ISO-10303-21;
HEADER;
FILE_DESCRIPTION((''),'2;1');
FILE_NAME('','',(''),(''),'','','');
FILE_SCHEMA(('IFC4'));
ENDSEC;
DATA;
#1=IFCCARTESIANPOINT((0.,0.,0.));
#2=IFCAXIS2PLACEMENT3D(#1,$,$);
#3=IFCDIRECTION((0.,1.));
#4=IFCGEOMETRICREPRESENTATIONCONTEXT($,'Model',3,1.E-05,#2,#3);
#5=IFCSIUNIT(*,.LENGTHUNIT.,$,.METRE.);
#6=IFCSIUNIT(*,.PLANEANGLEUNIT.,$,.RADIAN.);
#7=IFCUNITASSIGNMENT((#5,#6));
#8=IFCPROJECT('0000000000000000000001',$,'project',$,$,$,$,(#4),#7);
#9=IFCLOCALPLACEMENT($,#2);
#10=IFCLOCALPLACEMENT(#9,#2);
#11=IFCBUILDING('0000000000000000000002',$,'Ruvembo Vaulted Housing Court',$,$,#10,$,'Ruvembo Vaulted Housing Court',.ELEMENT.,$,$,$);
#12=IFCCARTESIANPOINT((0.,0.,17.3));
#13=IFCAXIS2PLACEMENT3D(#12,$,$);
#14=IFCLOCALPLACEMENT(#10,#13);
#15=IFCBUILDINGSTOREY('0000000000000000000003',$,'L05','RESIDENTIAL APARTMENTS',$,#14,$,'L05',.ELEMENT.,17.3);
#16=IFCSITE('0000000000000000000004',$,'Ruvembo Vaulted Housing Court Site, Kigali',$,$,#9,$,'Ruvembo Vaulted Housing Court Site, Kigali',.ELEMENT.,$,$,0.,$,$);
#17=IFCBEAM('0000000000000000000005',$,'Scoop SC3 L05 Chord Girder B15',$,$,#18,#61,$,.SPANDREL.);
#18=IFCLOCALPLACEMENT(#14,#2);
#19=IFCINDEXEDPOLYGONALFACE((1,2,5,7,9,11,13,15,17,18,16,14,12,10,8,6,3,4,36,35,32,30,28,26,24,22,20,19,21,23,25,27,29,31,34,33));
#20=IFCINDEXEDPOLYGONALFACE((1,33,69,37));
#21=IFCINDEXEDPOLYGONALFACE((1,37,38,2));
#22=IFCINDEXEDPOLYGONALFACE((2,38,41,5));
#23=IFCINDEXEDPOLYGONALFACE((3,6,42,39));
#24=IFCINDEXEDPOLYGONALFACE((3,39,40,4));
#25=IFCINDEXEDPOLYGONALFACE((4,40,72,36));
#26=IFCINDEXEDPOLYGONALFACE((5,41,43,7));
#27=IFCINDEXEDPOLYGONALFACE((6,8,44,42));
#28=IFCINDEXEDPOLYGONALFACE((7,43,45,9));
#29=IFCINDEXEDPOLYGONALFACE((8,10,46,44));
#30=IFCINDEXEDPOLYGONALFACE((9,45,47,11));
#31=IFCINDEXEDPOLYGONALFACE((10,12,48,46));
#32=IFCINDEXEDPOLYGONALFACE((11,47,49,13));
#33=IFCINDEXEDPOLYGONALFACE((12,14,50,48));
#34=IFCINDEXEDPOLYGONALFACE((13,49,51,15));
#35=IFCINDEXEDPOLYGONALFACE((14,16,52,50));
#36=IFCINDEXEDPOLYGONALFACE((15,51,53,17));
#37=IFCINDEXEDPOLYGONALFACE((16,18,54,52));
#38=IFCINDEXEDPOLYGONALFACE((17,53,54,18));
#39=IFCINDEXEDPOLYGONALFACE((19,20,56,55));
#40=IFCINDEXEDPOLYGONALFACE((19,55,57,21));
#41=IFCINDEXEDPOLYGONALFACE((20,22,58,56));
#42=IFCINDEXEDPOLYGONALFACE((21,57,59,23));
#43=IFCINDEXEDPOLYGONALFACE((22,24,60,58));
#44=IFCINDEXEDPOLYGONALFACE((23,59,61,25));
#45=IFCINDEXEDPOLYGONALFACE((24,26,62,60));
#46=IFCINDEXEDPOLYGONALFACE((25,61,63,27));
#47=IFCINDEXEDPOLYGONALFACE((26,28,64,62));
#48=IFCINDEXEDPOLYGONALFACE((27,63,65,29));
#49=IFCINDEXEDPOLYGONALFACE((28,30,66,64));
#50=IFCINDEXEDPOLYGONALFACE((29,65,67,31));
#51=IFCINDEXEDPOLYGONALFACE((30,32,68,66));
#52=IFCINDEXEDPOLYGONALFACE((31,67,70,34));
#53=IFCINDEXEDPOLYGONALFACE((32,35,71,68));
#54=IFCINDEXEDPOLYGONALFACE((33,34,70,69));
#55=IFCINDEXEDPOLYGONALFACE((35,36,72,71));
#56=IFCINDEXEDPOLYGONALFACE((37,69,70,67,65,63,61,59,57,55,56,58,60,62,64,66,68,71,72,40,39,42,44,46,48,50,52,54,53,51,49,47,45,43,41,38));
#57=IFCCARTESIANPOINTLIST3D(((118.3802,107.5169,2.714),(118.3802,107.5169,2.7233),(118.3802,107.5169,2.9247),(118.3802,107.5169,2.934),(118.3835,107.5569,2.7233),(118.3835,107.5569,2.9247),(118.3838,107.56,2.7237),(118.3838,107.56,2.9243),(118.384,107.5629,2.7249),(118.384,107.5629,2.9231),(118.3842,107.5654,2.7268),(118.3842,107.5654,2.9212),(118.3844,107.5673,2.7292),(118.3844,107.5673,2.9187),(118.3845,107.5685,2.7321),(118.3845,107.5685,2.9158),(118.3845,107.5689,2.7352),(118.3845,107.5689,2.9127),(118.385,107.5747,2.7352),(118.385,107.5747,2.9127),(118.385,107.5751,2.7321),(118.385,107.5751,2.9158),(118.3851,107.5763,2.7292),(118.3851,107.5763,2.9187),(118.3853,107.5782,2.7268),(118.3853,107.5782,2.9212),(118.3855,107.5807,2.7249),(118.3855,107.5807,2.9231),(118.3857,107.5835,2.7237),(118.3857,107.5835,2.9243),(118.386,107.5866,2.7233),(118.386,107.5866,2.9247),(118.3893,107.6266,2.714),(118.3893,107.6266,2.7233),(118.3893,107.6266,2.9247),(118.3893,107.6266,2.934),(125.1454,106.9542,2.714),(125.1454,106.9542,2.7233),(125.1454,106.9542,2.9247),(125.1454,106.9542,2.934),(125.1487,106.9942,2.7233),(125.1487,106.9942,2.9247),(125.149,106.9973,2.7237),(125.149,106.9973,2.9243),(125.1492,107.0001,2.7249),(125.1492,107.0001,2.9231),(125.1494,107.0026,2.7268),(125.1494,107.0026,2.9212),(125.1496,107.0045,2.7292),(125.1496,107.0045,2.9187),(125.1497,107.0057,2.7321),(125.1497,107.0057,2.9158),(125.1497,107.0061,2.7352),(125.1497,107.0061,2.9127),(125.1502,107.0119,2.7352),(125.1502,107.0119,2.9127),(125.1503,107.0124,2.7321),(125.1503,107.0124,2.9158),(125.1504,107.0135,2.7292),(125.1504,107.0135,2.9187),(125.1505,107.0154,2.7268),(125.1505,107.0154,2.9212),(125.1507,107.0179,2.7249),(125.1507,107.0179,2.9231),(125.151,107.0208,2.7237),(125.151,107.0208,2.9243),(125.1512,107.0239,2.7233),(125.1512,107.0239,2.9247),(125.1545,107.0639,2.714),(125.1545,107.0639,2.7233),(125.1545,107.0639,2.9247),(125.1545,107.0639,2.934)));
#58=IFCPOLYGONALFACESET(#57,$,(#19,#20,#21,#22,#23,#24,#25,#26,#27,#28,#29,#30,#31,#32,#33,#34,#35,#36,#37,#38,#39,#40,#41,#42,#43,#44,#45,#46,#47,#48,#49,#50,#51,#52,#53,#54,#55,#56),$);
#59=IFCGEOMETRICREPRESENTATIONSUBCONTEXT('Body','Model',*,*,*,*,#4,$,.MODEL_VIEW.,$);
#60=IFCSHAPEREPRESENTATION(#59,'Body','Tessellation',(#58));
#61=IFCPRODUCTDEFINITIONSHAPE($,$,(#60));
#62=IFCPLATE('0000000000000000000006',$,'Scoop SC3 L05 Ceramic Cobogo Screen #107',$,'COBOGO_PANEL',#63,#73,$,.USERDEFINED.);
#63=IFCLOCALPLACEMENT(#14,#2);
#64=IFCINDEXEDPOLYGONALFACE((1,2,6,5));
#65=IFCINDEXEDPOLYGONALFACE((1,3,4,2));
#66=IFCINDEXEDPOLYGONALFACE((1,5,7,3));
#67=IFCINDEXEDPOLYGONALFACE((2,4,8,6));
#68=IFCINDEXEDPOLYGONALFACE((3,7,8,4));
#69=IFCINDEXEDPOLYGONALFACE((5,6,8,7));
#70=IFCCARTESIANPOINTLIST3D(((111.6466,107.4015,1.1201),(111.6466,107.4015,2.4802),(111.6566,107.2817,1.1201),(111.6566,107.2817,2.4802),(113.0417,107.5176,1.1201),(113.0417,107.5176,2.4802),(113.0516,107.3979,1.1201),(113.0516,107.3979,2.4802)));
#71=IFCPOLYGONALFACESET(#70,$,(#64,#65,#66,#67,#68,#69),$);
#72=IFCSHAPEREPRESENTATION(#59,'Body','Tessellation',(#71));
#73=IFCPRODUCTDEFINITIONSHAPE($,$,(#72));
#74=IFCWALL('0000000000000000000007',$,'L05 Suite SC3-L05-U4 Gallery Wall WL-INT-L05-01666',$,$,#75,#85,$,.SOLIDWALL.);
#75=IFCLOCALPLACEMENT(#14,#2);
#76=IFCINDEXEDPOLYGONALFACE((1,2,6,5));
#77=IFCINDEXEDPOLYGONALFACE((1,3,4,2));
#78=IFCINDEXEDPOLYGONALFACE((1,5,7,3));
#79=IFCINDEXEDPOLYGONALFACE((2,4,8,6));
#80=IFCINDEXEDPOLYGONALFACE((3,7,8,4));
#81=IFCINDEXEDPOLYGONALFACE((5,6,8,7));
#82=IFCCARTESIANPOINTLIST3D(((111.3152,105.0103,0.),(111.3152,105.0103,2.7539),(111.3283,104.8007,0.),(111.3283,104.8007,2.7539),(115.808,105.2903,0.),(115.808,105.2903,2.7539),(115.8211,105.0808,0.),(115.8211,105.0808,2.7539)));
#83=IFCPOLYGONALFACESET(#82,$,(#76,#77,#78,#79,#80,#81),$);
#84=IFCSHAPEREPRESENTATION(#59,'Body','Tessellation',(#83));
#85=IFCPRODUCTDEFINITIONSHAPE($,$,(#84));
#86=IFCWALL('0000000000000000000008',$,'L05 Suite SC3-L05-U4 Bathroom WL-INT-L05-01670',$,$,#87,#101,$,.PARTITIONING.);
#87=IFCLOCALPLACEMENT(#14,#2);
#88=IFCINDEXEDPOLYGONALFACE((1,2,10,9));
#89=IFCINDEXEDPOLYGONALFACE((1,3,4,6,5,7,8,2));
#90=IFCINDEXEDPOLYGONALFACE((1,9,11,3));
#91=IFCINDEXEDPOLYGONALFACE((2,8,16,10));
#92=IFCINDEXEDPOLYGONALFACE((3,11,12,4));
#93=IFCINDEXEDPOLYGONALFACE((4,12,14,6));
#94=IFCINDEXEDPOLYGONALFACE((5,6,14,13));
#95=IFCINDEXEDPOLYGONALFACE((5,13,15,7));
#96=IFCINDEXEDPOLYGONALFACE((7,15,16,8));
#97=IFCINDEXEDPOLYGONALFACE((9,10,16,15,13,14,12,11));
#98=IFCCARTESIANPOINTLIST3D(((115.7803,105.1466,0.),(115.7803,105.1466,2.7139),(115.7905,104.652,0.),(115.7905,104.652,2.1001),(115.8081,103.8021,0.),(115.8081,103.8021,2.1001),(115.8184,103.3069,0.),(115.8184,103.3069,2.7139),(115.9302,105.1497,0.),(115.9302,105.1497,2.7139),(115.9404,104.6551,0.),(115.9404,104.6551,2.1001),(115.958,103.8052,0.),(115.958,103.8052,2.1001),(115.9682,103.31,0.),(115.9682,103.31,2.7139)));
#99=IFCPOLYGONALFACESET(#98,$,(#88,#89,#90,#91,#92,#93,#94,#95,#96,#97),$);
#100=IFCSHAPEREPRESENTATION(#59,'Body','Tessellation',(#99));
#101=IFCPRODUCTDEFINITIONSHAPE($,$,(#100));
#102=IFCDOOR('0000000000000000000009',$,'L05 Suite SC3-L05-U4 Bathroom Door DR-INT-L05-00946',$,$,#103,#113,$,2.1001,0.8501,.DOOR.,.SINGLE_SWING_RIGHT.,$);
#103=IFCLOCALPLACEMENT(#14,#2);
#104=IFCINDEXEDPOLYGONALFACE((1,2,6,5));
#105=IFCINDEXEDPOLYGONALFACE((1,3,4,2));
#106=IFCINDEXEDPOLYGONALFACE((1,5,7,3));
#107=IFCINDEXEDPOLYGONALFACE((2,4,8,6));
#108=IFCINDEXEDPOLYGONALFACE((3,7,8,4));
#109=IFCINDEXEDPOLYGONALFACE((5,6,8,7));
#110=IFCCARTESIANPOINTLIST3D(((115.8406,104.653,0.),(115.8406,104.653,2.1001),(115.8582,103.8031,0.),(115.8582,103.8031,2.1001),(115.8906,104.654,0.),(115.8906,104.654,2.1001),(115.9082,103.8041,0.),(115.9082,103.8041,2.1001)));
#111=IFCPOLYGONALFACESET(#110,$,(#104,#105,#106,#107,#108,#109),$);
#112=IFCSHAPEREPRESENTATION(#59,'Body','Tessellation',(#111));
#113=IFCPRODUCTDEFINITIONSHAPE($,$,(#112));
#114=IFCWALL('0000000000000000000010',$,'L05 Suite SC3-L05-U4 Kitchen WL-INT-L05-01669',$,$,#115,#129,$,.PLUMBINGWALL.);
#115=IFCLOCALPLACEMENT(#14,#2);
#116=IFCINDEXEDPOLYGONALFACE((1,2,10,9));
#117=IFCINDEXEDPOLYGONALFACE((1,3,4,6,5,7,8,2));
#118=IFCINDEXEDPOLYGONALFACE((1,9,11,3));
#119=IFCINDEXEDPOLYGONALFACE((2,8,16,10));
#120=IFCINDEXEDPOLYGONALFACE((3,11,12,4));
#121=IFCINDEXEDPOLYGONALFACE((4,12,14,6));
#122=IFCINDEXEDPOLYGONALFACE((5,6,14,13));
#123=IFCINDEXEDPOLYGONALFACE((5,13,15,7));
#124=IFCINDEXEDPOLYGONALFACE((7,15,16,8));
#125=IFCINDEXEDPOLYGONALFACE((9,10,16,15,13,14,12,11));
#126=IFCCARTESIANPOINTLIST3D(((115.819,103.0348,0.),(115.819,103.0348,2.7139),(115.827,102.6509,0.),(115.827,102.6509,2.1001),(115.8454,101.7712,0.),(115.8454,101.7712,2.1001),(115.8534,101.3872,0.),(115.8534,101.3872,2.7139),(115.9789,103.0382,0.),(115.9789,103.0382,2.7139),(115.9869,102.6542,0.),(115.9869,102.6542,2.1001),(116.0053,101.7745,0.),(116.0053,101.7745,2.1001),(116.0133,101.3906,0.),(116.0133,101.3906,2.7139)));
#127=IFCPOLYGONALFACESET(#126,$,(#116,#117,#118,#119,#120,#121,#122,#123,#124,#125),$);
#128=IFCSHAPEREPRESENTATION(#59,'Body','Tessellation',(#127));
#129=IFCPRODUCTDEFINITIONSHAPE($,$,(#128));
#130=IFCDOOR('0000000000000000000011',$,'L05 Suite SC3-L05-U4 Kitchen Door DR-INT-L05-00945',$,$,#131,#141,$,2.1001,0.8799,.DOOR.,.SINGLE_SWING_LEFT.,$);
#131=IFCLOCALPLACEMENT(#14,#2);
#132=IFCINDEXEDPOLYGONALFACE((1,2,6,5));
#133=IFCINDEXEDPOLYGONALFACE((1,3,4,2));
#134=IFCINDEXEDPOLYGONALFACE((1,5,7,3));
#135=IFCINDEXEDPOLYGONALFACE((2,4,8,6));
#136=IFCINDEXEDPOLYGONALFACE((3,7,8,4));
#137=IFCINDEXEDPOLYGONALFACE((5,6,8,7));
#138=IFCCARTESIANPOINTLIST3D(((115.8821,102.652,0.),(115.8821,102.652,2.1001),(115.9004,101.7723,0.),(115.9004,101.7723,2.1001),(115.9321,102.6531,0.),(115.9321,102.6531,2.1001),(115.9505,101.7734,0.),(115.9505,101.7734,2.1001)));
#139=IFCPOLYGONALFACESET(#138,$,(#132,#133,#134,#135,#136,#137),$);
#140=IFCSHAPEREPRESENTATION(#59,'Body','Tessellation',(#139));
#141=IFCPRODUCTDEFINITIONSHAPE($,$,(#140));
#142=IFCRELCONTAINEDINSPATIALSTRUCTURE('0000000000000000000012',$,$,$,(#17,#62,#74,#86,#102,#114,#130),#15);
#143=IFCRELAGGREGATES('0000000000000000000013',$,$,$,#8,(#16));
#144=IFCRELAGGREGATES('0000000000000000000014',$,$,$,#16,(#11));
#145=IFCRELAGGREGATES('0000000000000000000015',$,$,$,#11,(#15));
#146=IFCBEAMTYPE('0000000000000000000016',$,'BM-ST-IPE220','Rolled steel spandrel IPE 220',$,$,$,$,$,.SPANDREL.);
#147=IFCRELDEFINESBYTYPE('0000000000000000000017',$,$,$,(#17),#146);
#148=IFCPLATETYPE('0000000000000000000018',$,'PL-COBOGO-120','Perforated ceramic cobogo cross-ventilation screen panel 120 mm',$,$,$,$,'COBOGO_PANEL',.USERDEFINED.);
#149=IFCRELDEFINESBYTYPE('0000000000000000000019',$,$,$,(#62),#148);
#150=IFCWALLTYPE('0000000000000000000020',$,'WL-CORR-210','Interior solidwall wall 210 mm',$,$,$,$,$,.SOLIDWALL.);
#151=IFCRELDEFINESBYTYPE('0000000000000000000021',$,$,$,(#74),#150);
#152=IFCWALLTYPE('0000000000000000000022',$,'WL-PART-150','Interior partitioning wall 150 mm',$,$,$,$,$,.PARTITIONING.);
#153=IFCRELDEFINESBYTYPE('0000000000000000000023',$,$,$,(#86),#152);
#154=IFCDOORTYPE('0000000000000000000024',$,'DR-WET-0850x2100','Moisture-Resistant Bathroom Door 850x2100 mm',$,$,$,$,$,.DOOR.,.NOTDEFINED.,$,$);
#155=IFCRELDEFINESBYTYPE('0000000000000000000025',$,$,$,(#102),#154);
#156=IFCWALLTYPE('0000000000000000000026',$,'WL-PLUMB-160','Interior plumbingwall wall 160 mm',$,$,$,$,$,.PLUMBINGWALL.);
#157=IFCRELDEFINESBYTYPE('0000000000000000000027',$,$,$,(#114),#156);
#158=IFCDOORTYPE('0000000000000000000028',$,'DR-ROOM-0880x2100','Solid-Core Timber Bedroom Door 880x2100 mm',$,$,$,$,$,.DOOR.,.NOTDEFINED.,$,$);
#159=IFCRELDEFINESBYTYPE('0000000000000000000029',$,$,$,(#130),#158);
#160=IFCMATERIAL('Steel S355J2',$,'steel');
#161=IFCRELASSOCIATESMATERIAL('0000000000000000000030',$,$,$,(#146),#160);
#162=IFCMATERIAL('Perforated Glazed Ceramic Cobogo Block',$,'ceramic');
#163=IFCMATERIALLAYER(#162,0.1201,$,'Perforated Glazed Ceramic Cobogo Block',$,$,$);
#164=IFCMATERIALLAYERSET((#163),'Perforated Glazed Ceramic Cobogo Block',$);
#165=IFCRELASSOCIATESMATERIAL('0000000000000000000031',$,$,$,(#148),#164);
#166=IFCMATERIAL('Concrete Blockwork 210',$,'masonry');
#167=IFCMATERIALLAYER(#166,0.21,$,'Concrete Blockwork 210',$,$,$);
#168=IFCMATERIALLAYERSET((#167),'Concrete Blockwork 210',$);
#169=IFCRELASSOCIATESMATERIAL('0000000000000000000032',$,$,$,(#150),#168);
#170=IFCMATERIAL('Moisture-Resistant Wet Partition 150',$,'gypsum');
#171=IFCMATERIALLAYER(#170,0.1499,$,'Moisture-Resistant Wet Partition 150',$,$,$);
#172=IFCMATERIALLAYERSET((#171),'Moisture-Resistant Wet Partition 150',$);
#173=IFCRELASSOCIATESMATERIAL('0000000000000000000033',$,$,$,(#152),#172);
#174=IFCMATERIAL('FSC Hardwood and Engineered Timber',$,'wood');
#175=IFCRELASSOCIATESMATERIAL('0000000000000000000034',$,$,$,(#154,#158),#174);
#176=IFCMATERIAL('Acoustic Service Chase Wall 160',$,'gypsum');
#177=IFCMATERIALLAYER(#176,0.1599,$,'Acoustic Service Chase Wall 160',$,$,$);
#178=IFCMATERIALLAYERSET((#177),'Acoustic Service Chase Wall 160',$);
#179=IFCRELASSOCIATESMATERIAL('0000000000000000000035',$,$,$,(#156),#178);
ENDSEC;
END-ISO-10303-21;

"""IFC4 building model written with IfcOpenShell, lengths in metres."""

from ifc_helpers import new_model, si_unit, direction, frame, frame_2d, origin, origin_2d, place, context, subcontext, project, spatial, rectangle, i_section, extrude, material, layer, layer_set, material_profile, profile_set, type_object, element, fill, save


model = new_model("IFC4")

# Units and contexts
model_context = context("Model", 3, precision=1e-05, world=origin(), true_north=direction((0.0, 1.0)))
body_context = subcontext(model_context, "Body", "Model", "MODEL_VIEW")
ifc_project = project(units=[si_unit("LENGTHUNIT", "METRE"), si_unit("PLANEANGLEUNIT", "RADIAN")], contexts=[model_context])

# Site, building, storey
site_placement = place(None, origin())
site = spatial("IfcSite", under=ifc_project, at=site_placement, Name="Ruvembo Vaulted Housing Court Site, Kigali", LongName="Ruvembo Vaulted Housing Court Site, Kigali", CompositionType="ELEMENT", RefElevation=0.0)
building_placement = place(site_placement, origin())
building = spatial("IfcBuilding", under=site, at=building_placement, Name="Ruvembo Vaulted Housing Court", LongName="Ruvembo Vaulted Housing Court", CompositionType="ELEMENT")
storey_placement = place(building_placement, frame((0.0, 0.0, 17.3)))
storey = spatial("IfcBuildingStorey", under=building, at=storey_placement, Name="L05", Description="RESIDENTIAL APARTMENTS", LongName="L05", CompositionType="ELEMENT", Elevation=17.3)

# Beam
ifc_material_1 = material(Name="Steel S355J2", Category="steel")
ifc_material_profile_1 = material_profile(ifc_material_1, i_section(OverallWidth=0.1101, OverallDepth=0.22, WebThickness=0.0059, FlangeThickness=0.0093, FilletRadius=0.012, at=origin_2d()), Name="IPE 220")
ifc_profile_set_1 = profile_set([ifc_material_profile_1], Name="Steel S355J2")
beam_type_1 = type_object("IfcBeamType", Name="BM-ST-IPE220", Description="Rolled steel spandrel IPE 220", PredefinedType="SPANDREL", material=ifc_profile_set_1)
for number, where, z_axis, x_axis, name in (
    (1, (118.3848, 107.5718, 2.824), (0.996558, -0.082897, 0.0), (0.082897, 0.996558, 0.0), "Scoop SC3 L05 Chord Girder B15"),
):
    element("IfcBeam", number, at=place(storey_placement, frame(where, z_axis=z_axis, x_axis=x_axis)), inside=storey, type_object=beam_type_1, Name=name, PredefinedType="SPANDREL", context=body_context, shape_type="SweptSolid", body=[
        extrude(i_section(OverallWidth=0.1101, OverallDepth=0.22, WebThickness=0.0059, FlangeThickness=0.0093, FilletRadius=0.012, at=origin_2d()), origin(), (0.0, 0.0, 1.0), 6.7886),
    ])

# Plate
ifc_material_2 = material(Name="Perforated Glazed Ceramic Cobogo Block", Category="ceramic")
ifc_layer_1 = layer(ifc_material_2, 0.1201, Name="Perforated Glazed Ceramic Cobogo Block")
ifc_layer_set_1 = layer_set([ifc_layer_1], Name="Perforated Glazed Ceramic Cobogo Block")
plate_type = type_object("IfcPlateType", Name="PL-COBOGO-120", Description="Perforated ceramic cobogo cross-ventilation screen panel 120 mm", ElementType="COBOGO_PANEL", PredefinedType="USERDEFINED", material=ifc_layer_set_1)
plate_placement = place(storey_placement, frame((112.3491, 107.3997, 1.1201), z_axis=(0.0, 0.0, 1.0), x_axis=(0.996554, 0.082947, 0.0)))
element("IfcPlate", 2, at=plate_placement, inside=storey, type_object=plate_type, Name="Scoop SC3 L05 Ceramic Cobogo Screen #107", ObjectType="COBOGO_PANEL", PredefinedType="USERDEFINED", context=body_context, shape_type="SweptSolid", body=[
    extrude(rectangle(XDim=1.3999, YDim=0.1201, at=origin_2d()), origin(), (0.0, 0.0, 1.0), 1.3601),
])

# Wall
ifc_material_3 = material(Name="Concrete Blockwork 210", Category="masonry")
ifc_layer_2 = layer(ifc_material_3, 0.21, Name="Concrete Blockwork 210")
ifc_layer_set_2 = layer_set([ifc_layer_2], Name="Concrete Blockwork 210")
wall_type_1 = type_object("IfcWallType", Name="WL-CORR-210", Description="Interior solidwall wall 210 mm", PredefinedType="SOLIDWALL", material=ifc_layer_set_2)
wall_1_placement = place(storey_placement, frame((111.3218, 104.9055, 0.0), z_axis=(0.0, 0.0, 1.0), x_axis=(0.998063, 0.062209, 0.0)))
element("IfcWall", 3, at=wall_1_placement, inside=storey, type_object=wall_type_1, Name="L05 Suite SC3-L05-U4 Gallery Wall WL-INT-L05-01666", PredefinedType="SOLIDWALL", context=body_context, shape_type="SweptSolid", body=[
    extrude(rectangle(XDim=4.5015, YDim=0.21, at=frame_2d((2.2507, 0.0))), origin(), (0.0, 0.0, 1.0), 2.7539),
])

# Walls, openings, doors
ifc_material_4 = material(Name="FSC Hardwood and Engineered Timber", Category="wood")
ifc_material_5 = material(Name="Moisture-Resistant Wet Partition 150", Category="gypsum")
ifc_layer_3 = layer(ifc_material_5, 0.1499, Name="Moisture-Resistant Wet Partition 150")
ifc_layer_set_3 = layer_set([ifc_layer_3], Name="Moisture-Resistant Wet Partition 150")
wall_type_2 = type_object("IfcWallType", Name="WL-PART-150", Description="Interior partitioning wall 150 mm", PredefinedType="PARTITIONING", material=ifc_layer_set_3)
wall_2_placement = place(storey_placement, frame((115.8933, 103.3086, 0.0), z_axis=(0.0, 0.0, 1.0), x_axis=(-0.020699, 0.999786, 0.0)))
wall_2 = element("IfcWall", 4, at=wall_2_placement, inside=storey, type_object=wall_type_2, Name="L05 Suite SC3-L05-U4 Bathroom WL-INT-L05-01670", PredefinedType="PARTITIONING", context=body_context, shape_type="SweptSolid", body=[
    extrude(rectangle(XDim=1.8401, YDim=0.1499, at=frame_2d((0.9199, 0.0))), origin(), (0.0, 0.0, 1.0), 2.7139),
])
opening_1_placement = place(wall_2_placement, frame((0.4951, 0.0, 0.0)))
opening_1 = element("IfcOpeningElement", 5, at=opening_1_placement, cuts=wall_2, PredefinedType="OPENING", context=body_context, shape_type="SweptSolid", body=[
    extrude(rectangle(XDim=0.8501, YDim=2.1001, at=frame_2d((0.425, 1.05))), frame((0.0, 0.085, 0.0), z_axis=(0.0, -1.0, 0.0), x_axis=(1.0, 0.0, 0.0)), (0.0, 0.0, 1.0), 0.1699),
])
door_type_1 = type_object("IfcDoorType", Name="DR-WET-0850x2100", Description="Moisture-Resistant Bathroom Door 850x2100 mm", OperationType="NOTDEFINED", PredefinedType="DOOR", material=ifc_material_4)
door_1_placement = place(opening_1_placement, origin())
door_1 = element("IfcDoor", 6, at=door_1_placement, inside=storey, type_object=door_type_1, Name="L05 Suite SC3-L05-U4 Bathroom Door DR-INT-L05-00946", OperationType="SINGLE_SWING_RIGHT", OverallHeight=2.1001, OverallWidth=0.8501, PredefinedType="DOOR", context=body_context, shape_type="SweptSolid", body=[
    extrude(rectangle(XDim=0.8501, YDim=2.1001, at=frame_2d((0.425, 1.05))), frame((0.0, 0.0249, 0.0), z_axis=(0.0, -1.0, 0.0), x_axis=(1.0, 0.0, 0.0)), (0.0, 0.0, 1.0), 0.05),
])
fill(opening_1, door_1)
ifc_material_6 = material(Name="Acoustic Service Chase Wall 160", Category="gypsum")
ifc_layer_4 = layer(ifc_material_6, 0.1599, Name="Acoustic Service Chase Wall 160")
ifc_layer_set_4 = layer_set([ifc_layer_4], Name="Acoustic Service Chase Wall 160")
wall_type_3 = type_object("IfcWallType", Name="WL-PLUMB-160", Description="Interior plumbingwall wall 160 mm", PredefinedType="PLUMBINGWALL", material=ifc_layer_set_4)
wall_3_placement = place(storey_placement, frame((115.9333, 101.3889, 0.0), z_axis=(0.0, 0.0, 1.0), x_axis=(-0.020887, 0.999782, 0.0)))
wall_3 = element("IfcWall", 7, at=wall_3_placement, inside=storey, type_object=wall_type_3, Name="L05 Suite SC3-L05-U4 Kitchen WL-INT-L05-01669", PredefinedType="PLUMBINGWALL", context=body_context, shape_type="SweptSolid", body=[
    extrude(rectangle(XDim=1.6479, YDim=0.1599, at=frame_2d((0.824, 0.0))), origin(), (0.0, 0.0, 1.0), 2.7139),
])
opening_2_placement = place(wall_3_placement, frame((0.384, 0.0, 0.0)))
opening_2 = element("IfcOpeningElement", 8, at=opening_2_placement, cuts=wall_3, PredefinedType="OPENING", context=body_context, shape_type="SweptSolid", body=[
    extrude(rectangle(XDim=0.8799, YDim=2.1001, at=frame_2d((0.4399, 1.05))), frame((0.0, 0.0898, 0.0), z_axis=(0.0, -1.0, 0.0), x_axis=(1.0, 0.0, 0.0)), (0.0, 0.0, 1.0), 0.1799),
])
door_type_2 = type_object("IfcDoorType", Name="DR-ROOM-0880x2100", Description="Solid-Core Timber Bedroom Door 880x2100 mm", OperationType="NOTDEFINED", PredefinedType="DOOR", material=ifc_material_4)
door_2_placement = place(opening_2_placement, origin())
door_2 = element("IfcDoor", 9, at=door_2_placement, inside=storey, type_object=door_type_2, Name="L05 Suite SC3-L05-U4 Kitchen Door DR-INT-L05-00945", OperationType="SINGLE_SWING_LEFT", OverallHeight=2.1001, OverallWidth=0.8799, PredefinedType="DOOR", context=body_context, shape_type="SweptSolid", body=[
    extrude(rectangle(XDim=0.8799, YDim=2.1001, at=frame_2d((0.4399, 1.05))), frame((0.0, 0.0249, 0.0), z_axis=(0.0, -1.0, 0.0), x_axis=(1.0, 0.0, 0.0)), (0.0, 0.0, 1.0), 0.05),
])
fill(opening_2, door_2)

save(model, "model.ifc")
